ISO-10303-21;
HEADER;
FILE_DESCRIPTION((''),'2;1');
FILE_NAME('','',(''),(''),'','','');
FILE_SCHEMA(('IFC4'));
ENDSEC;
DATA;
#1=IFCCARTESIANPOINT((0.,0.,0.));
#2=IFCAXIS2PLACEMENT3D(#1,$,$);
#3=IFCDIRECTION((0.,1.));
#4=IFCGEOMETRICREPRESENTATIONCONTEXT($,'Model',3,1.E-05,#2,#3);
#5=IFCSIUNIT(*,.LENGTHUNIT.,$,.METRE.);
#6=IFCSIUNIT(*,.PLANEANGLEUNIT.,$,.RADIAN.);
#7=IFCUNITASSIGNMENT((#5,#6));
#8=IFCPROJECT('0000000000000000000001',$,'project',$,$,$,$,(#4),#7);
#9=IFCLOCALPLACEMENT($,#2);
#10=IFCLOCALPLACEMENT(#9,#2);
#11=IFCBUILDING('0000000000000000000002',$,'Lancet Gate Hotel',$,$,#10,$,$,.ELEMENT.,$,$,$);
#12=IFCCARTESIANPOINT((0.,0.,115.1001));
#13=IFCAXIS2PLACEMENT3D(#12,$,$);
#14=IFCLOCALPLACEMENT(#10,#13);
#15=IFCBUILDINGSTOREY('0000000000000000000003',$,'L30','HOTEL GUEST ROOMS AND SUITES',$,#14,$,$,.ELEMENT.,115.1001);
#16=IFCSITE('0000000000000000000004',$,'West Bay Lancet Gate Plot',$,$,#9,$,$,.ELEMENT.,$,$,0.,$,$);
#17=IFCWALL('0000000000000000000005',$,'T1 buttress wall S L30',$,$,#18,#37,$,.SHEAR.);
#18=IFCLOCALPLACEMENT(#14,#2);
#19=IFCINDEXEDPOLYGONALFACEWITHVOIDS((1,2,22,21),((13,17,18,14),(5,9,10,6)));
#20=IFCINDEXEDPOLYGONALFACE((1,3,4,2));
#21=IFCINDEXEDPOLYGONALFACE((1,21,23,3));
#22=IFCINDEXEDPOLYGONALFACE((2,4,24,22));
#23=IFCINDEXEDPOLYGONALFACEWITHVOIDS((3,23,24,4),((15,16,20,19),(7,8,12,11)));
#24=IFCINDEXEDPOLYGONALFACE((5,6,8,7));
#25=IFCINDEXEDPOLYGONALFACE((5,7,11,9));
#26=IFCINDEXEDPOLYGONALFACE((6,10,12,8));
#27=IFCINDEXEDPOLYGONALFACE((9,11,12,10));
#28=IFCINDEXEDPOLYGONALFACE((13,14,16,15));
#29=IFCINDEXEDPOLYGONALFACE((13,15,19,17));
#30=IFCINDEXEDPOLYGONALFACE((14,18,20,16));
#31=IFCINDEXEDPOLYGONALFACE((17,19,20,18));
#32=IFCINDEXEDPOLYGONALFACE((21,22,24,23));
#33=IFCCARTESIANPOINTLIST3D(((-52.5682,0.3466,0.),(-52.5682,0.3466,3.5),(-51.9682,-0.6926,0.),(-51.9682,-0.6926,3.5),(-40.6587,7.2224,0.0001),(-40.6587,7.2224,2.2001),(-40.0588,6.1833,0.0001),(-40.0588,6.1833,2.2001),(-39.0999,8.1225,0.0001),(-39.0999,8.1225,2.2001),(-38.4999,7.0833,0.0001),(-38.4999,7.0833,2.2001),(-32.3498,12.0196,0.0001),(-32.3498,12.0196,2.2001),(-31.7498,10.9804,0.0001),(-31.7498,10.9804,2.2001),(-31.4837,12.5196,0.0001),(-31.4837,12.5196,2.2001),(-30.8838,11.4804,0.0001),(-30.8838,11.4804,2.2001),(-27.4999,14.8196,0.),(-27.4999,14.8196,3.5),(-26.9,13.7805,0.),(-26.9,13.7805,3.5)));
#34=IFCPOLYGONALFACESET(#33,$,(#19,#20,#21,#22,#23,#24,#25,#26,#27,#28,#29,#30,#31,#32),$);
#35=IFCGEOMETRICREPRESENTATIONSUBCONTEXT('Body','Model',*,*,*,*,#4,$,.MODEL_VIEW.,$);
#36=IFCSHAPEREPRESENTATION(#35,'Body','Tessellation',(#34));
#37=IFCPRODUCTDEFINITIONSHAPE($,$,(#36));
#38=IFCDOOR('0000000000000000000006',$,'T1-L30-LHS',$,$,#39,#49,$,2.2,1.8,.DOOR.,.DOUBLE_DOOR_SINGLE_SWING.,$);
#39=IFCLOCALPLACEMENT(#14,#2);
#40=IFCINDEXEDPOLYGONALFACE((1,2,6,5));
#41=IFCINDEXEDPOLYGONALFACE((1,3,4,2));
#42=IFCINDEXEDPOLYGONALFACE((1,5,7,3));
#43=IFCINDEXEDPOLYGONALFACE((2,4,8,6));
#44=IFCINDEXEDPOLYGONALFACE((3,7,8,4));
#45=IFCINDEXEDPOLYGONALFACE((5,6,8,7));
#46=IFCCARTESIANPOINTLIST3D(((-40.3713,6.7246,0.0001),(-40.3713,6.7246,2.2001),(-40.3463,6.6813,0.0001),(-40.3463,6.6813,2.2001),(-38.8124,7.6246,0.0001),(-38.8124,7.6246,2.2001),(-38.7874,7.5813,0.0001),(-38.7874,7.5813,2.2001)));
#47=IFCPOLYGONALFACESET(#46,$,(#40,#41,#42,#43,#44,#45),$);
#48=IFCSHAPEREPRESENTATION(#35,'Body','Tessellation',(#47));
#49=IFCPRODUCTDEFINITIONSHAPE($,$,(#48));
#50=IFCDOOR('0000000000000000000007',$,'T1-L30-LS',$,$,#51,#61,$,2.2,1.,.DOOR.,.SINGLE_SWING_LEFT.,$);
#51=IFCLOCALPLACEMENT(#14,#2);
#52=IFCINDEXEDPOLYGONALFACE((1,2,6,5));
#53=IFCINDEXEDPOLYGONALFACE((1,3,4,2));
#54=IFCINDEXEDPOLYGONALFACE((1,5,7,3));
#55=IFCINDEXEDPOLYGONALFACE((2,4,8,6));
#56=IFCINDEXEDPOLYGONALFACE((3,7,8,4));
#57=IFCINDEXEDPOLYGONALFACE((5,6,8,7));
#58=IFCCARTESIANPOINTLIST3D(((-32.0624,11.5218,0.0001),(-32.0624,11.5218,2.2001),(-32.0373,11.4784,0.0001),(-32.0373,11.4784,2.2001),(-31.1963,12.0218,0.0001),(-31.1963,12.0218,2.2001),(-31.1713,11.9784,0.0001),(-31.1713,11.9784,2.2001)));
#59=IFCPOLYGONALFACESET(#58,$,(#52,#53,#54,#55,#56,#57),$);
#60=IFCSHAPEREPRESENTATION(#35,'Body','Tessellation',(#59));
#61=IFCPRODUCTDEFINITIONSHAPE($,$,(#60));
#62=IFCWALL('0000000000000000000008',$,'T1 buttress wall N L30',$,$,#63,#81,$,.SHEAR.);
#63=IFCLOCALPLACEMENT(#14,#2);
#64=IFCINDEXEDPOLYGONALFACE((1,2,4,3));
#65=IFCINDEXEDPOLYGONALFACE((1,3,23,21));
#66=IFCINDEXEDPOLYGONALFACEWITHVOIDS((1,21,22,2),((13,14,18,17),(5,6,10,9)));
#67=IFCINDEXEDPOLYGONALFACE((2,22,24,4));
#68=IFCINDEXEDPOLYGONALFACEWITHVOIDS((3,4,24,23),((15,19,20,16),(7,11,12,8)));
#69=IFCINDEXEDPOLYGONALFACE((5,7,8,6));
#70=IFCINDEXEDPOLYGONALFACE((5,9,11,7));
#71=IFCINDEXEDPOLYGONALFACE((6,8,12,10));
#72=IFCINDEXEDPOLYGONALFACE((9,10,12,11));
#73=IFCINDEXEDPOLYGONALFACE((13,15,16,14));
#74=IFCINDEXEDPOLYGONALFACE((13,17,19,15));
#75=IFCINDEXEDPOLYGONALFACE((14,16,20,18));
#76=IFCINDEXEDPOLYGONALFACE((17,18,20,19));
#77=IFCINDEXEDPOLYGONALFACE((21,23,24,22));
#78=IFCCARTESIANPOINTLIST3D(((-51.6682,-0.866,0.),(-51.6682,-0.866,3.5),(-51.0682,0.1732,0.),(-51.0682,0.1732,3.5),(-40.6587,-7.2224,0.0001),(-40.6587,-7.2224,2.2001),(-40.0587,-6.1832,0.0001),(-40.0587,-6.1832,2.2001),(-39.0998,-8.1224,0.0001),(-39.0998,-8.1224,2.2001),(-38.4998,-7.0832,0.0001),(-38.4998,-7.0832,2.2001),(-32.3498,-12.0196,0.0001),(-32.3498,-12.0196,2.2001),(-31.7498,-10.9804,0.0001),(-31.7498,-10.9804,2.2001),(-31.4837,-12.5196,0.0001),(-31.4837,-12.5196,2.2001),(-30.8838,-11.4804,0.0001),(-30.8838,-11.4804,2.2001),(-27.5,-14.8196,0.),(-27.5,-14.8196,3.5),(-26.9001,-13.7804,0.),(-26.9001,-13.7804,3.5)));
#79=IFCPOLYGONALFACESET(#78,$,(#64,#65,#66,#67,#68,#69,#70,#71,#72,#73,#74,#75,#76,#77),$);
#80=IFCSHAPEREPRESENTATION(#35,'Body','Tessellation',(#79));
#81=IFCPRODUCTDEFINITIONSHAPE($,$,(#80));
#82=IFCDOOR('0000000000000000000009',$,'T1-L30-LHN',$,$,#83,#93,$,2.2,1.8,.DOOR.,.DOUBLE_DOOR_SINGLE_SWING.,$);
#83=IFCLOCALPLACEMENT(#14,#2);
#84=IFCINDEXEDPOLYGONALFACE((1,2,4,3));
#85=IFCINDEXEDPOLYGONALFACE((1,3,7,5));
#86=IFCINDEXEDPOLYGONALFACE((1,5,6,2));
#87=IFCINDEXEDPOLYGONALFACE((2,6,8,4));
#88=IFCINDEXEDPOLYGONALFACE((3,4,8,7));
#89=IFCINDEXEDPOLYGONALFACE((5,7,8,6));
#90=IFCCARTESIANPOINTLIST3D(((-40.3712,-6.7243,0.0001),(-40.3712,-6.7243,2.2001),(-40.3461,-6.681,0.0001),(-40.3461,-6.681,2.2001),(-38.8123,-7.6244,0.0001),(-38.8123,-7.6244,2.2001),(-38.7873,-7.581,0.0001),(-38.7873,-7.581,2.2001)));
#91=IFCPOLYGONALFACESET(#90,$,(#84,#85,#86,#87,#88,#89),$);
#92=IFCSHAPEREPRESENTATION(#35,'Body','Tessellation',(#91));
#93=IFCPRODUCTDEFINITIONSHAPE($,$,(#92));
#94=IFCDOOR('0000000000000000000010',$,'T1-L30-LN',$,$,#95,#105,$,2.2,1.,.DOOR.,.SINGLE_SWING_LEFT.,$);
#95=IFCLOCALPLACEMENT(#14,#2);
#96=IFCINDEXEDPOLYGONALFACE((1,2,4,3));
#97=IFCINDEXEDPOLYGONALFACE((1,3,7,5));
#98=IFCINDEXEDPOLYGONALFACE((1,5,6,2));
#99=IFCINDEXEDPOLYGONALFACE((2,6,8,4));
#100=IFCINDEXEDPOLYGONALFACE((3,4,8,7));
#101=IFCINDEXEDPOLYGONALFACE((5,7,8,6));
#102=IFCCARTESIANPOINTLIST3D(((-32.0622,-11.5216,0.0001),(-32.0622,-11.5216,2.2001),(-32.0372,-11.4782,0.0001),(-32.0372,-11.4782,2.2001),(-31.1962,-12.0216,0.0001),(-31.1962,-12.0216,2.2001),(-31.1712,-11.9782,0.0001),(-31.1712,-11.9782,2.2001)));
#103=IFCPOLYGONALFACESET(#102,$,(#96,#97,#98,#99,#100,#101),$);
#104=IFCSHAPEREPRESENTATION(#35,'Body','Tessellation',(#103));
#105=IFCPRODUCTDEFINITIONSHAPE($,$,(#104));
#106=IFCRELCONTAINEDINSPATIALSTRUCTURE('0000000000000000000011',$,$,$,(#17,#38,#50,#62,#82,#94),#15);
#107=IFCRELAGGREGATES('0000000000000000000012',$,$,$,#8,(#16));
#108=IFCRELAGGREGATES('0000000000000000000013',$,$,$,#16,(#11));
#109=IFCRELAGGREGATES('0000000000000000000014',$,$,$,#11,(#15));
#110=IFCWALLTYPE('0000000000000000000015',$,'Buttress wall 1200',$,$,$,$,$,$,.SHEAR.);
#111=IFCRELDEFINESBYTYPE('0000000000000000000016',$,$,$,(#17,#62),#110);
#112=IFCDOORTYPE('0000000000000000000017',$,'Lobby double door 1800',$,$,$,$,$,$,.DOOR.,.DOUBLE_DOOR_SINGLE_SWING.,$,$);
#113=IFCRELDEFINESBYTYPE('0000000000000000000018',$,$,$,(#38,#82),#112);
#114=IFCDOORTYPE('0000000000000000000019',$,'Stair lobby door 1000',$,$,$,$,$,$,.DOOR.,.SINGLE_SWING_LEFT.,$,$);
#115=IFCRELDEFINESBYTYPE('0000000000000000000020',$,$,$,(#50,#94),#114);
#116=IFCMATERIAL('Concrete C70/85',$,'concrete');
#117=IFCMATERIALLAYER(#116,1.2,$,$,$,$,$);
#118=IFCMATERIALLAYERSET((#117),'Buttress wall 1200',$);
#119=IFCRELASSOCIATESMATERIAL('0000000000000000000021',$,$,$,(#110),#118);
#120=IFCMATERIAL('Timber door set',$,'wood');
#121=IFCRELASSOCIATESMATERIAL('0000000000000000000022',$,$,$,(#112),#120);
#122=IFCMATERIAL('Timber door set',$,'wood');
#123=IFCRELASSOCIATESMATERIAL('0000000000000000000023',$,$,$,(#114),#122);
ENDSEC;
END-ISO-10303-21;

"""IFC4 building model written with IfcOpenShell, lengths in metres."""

from ifc_helpers import new_model, si_unit, direction, frame, frame_2d, origin, place, context, subcontext, project, spatial, rectangle, extrude, material, layer, layer_set, type_object, element, fill, save


model = new_model("IFC4")

# Units and contexts
model_context = context("Model", 3, precision=1e-05, world=origin(), true_north=direction((0.0, 1.0)))
body_context = subcontext(model_context, "Body", "Model", "MODEL_VIEW")
ifc_project = project(units=[si_unit("LENGTHUNIT", "METRE"), si_unit("PLANEANGLEUNIT", "RADIAN")], contexts=[model_context])

# Site, building, storey
site_placement = place(None, origin())
site = spatial("IfcSite", under=ifc_project, at=site_placement, Name="West Bay Lancet Gate Plot", CompositionType="ELEMENT", RefElevation=0.0)
building_placement = place(site_placement, origin())
building = spatial("IfcBuilding", under=site, at=building_placement, Name="Lancet Gate Hotel", CompositionType="ELEMENT")
storey_placement = place(building_placement, frame((0.0, 0.0, 115.1001)))
storey = spatial("IfcBuildingStorey", under=building, at=storey_placement, Name="L30", Description="HOTEL GUEST ROOMS AND SUITES", CompositionType="ELEMENT", Elevation=115.1001)

# Walls, openings, doors
ifc_material_1 = material(Name="Concrete C70/85", Category="concrete")
ifc_layer_1 = layer(ifc_material_1, 1.2)
ifc_layer_set_1 = layer_set([ifc_layer_1], Name="Buttress wall 1200")
wall_type = type_object("IfcWallType", Name="Buttress wall 1200", PredefinedType="SHEAR", material=ifc_layer_set_1)
wall_1_placement = place(storey_placement, frame((-27.2, 14.3, 0.0), z_axis=(0.0, 0.0, 1.0), x_axis=(-0.866027, -0.499998, 0.0)))
wall_1 = element("IfcWall", 1, at=wall_1_placement, inside=storey, type_object=wall_type, Name="T1 buttress wall S L30", PredefinedType="SHEAR", context=body_context, shape_type="SweptSolid", body=[
    extrude(rectangle(XDim=28.9463, YDim=1.2, at=frame_2d((14.4731, 0.0))), origin(), (0.0, 0.0, 1.0), 3.5),
])
opening_1_placement = place(wall_1_placement, frame((4.6001, 0.0, 0.0)))
opening_1 = element("IfcOpeningElement", 2, at=opening_1_placement, cuts=wall_1, PredefinedType="OPENING", context=body_context, shape_type="SweptSolid", body=[
    extrude(rectangle(XDim=1.0, YDim=2.2, at=frame_2d((0.5, 1.1001))), frame((0.0, 0.6099, 0.0), z_axis=(0.0, -1.0, 0.0), x_axis=(1.0, 0.0, 0.0)), (0.0, 0.0, 1.0), 1.22),
])
opening_2_placement = place(wall_1_placement, frame((13.3945, 0.0, 0.0)))
opening_2 = element("IfcOpeningElement", 3, at=opening_2_placement, cuts=wall_1, PredefinedType="OPENING", context=body_context, shape_type="SweptSolid", body=[
    extrude(rectangle(XDim=1.8, YDim=2.2, at=frame_2d((0.8999, 1.1001))), frame((0.0, 0.6099, 0.0), z_axis=(0.0, -1.0, 0.0), x_axis=(1.0, 0.0, 0.0)), (0.0, 0.0, 1.0), 1.22),
])
ifc_material_2 = material(Name="Timber door set", Category="wood")
door_type_1 = type_object("IfcDoorType", Name="Lobby double door 1800", OperationType="DOUBLE_DOOR_SINGLE_SWING", PredefinedType="DOOR", material=ifc_material_2)
door_1_placement = place(opening_2_placement, origin())
door_1 = element("IfcDoor", 4, at=door_1_placement, inside=storey, type_object=door_type_1, Name="T1-L30-LHS", OperationType="DOUBLE_DOOR_SINGLE_SWING", OverallHeight=2.2, OverallWidth=1.8, PredefinedType="DOOR", context=body_context, shape_type="SweptSolid", body=[
    extrude(rectangle(XDim=1.8, YDim=2.2, at=frame_2d((0.8999, 1.1001))), frame((0.0, 0.0249, 0.0), z_axis=(0.0, -1.0, 0.0), x_axis=(1.0, 0.0, 0.0)), (0.0, 0.0, 1.0), 0.05),
])
fill(opening_2, door_1)
ifc_material_3 = material(Name="Timber door set", Category="wood")
door_type_2 = type_object("IfcDoorType", Name="Stair lobby door 1000", OperationType="SINGLE_SWING_LEFT", PredefinedType="DOOR", material=ifc_material_3)
door_2_placement = place(opening_1_placement, origin())
door_2 = element("IfcDoor", 5, at=door_2_placement, inside=storey, type_object=door_type_2, Name="T1-L30-LS", OperationType="SINGLE_SWING_LEFT", OverallHeight=2.2, OverallWidth=1.0, PredefinedType="DOOR", context=body_context, shape_type="SweptSolid", body=[
    extrude(rectangle(XDim=1.0, YDim=2.2, at=frame_2d((0.5, 1.1001))), frame((0.0, 0.0249, 0.0), z_axis=(0.0, -1.0, 0.0), x_axis=(1.0, 0.0, 0.0)), (0.0, 0.0, 1.0), 0.05),
])
fill(opening_1, door_2)
wall_2_placement = place(storey_placement, frame((-27.2, -14.3, 0.0), z_axis=(0.0, 0.0, 1.0), x_axis=(-0.866024, 0.500002, 0.0)))
wall_2 = element("IfcWall", 6, at=wall_2_placement, inside=storey, type_object=wall_type, Name="T1 buttress wall N L30", PredefinedType="SHEAR", context=body_context, shape_type="SweptSolid", body=[
    extrude(rectangle(XDim=27.907, YDim=1.2, at=frame_2d((13.9536, 0.0))), origin(), (0.0, 0.0, 1.0), 3.5),
])
opening_3_placement = place(wall_2_placement, frame((4.6001, 0.0, 0.0)))
opening_3 = element("IfcOpeningElement", 7, at=opening_3_placement, cuts=wall_2, PredefinedType="OPENING", context=body_context, shape_type="SweptSolid", body=[
    extrude(rectangle(XDim=1.0, YDim=2.2, at=frame_2d((0.5, 1.1001))), frame((0.0, 0.6099, 0.0), z_axis=(0.0, -1.0, 0.0), x_axis=(1.0, 0.0, 0.0)), (0.0, 0.0, 1.0), 1.22),
])
opening_4_placement = place(wall_2_placement, frame((13.3945, 0.0, 0.0)))
opening_4 = element("IfcOpeningElement", 8, at=opening_4_placement, cuts=wall_2, PredefinedType="OPENING", context=body_context, shape_type="SweptSolid", body=[
    extrude(rectangle(XDim=1.8, YDim=2.2, at=frame_2d((0.8999, 1.1001))), frame((0.0, 0.6099, 0.0), z_axis=(0.0, -1.0, 0.0), x_axis=(1.0, 0.0, 0.0)), (0.0, 0.0, 1.0), 1.22),
])
door_3_placement = place(opening_4_placement, origin())
door_3 = element("IfcDoor", 9, at=door_3_placement, inside=storey, type_object=door_type_1, Name="T1-L30-LHN", OperationType="DOUBLE_DOOR_SINGLE_SWING", OverallHeight=2.2, OverallWidth=1.8, PredefinedType="DOOR", context=body_context, shape_type="SweptSolid", body=[
    extrude(rectangle(XDim=1.8, YDim=2.2, at=frame_2d((0.8999, 1.1001))), frame((0.0, 0.0249, 0.0), z_axis=(0.0, -1.0, 0.0), x_axis=(1.0, 0.0, 0.0)), (0.0, 0.0, 1.0), 0.05),
])
fill(opening_4, door_3)
door_4_placement = place(opening_3_placement, origin())
door_4 = element("IfcDoor", 10, at=door_4_placement, inside=storey, type_object=door_type_2, Name="T1-L30-LN", OperationType="SINGLE_SWING_LEFT", OverallHeight=2.2, OverallWidth=1.0, PredefinedType="DOOR", context=body_context, shape_type="SweptSolid", body=[
    extrude(rectangle(XDim=1.0, YDim=2.2, at=frame_2d((0.5, 1.1001))), frame((0.0, 0.0249, 0.0), z_axis=(0.0, -1.0, 0.0), x_axis=(1.0, 0.0, 0.0)), (0.0, 0.0, 1.0), 0.05),
])
fill(opening_3, door_4)

save(model, "model.ifc")
